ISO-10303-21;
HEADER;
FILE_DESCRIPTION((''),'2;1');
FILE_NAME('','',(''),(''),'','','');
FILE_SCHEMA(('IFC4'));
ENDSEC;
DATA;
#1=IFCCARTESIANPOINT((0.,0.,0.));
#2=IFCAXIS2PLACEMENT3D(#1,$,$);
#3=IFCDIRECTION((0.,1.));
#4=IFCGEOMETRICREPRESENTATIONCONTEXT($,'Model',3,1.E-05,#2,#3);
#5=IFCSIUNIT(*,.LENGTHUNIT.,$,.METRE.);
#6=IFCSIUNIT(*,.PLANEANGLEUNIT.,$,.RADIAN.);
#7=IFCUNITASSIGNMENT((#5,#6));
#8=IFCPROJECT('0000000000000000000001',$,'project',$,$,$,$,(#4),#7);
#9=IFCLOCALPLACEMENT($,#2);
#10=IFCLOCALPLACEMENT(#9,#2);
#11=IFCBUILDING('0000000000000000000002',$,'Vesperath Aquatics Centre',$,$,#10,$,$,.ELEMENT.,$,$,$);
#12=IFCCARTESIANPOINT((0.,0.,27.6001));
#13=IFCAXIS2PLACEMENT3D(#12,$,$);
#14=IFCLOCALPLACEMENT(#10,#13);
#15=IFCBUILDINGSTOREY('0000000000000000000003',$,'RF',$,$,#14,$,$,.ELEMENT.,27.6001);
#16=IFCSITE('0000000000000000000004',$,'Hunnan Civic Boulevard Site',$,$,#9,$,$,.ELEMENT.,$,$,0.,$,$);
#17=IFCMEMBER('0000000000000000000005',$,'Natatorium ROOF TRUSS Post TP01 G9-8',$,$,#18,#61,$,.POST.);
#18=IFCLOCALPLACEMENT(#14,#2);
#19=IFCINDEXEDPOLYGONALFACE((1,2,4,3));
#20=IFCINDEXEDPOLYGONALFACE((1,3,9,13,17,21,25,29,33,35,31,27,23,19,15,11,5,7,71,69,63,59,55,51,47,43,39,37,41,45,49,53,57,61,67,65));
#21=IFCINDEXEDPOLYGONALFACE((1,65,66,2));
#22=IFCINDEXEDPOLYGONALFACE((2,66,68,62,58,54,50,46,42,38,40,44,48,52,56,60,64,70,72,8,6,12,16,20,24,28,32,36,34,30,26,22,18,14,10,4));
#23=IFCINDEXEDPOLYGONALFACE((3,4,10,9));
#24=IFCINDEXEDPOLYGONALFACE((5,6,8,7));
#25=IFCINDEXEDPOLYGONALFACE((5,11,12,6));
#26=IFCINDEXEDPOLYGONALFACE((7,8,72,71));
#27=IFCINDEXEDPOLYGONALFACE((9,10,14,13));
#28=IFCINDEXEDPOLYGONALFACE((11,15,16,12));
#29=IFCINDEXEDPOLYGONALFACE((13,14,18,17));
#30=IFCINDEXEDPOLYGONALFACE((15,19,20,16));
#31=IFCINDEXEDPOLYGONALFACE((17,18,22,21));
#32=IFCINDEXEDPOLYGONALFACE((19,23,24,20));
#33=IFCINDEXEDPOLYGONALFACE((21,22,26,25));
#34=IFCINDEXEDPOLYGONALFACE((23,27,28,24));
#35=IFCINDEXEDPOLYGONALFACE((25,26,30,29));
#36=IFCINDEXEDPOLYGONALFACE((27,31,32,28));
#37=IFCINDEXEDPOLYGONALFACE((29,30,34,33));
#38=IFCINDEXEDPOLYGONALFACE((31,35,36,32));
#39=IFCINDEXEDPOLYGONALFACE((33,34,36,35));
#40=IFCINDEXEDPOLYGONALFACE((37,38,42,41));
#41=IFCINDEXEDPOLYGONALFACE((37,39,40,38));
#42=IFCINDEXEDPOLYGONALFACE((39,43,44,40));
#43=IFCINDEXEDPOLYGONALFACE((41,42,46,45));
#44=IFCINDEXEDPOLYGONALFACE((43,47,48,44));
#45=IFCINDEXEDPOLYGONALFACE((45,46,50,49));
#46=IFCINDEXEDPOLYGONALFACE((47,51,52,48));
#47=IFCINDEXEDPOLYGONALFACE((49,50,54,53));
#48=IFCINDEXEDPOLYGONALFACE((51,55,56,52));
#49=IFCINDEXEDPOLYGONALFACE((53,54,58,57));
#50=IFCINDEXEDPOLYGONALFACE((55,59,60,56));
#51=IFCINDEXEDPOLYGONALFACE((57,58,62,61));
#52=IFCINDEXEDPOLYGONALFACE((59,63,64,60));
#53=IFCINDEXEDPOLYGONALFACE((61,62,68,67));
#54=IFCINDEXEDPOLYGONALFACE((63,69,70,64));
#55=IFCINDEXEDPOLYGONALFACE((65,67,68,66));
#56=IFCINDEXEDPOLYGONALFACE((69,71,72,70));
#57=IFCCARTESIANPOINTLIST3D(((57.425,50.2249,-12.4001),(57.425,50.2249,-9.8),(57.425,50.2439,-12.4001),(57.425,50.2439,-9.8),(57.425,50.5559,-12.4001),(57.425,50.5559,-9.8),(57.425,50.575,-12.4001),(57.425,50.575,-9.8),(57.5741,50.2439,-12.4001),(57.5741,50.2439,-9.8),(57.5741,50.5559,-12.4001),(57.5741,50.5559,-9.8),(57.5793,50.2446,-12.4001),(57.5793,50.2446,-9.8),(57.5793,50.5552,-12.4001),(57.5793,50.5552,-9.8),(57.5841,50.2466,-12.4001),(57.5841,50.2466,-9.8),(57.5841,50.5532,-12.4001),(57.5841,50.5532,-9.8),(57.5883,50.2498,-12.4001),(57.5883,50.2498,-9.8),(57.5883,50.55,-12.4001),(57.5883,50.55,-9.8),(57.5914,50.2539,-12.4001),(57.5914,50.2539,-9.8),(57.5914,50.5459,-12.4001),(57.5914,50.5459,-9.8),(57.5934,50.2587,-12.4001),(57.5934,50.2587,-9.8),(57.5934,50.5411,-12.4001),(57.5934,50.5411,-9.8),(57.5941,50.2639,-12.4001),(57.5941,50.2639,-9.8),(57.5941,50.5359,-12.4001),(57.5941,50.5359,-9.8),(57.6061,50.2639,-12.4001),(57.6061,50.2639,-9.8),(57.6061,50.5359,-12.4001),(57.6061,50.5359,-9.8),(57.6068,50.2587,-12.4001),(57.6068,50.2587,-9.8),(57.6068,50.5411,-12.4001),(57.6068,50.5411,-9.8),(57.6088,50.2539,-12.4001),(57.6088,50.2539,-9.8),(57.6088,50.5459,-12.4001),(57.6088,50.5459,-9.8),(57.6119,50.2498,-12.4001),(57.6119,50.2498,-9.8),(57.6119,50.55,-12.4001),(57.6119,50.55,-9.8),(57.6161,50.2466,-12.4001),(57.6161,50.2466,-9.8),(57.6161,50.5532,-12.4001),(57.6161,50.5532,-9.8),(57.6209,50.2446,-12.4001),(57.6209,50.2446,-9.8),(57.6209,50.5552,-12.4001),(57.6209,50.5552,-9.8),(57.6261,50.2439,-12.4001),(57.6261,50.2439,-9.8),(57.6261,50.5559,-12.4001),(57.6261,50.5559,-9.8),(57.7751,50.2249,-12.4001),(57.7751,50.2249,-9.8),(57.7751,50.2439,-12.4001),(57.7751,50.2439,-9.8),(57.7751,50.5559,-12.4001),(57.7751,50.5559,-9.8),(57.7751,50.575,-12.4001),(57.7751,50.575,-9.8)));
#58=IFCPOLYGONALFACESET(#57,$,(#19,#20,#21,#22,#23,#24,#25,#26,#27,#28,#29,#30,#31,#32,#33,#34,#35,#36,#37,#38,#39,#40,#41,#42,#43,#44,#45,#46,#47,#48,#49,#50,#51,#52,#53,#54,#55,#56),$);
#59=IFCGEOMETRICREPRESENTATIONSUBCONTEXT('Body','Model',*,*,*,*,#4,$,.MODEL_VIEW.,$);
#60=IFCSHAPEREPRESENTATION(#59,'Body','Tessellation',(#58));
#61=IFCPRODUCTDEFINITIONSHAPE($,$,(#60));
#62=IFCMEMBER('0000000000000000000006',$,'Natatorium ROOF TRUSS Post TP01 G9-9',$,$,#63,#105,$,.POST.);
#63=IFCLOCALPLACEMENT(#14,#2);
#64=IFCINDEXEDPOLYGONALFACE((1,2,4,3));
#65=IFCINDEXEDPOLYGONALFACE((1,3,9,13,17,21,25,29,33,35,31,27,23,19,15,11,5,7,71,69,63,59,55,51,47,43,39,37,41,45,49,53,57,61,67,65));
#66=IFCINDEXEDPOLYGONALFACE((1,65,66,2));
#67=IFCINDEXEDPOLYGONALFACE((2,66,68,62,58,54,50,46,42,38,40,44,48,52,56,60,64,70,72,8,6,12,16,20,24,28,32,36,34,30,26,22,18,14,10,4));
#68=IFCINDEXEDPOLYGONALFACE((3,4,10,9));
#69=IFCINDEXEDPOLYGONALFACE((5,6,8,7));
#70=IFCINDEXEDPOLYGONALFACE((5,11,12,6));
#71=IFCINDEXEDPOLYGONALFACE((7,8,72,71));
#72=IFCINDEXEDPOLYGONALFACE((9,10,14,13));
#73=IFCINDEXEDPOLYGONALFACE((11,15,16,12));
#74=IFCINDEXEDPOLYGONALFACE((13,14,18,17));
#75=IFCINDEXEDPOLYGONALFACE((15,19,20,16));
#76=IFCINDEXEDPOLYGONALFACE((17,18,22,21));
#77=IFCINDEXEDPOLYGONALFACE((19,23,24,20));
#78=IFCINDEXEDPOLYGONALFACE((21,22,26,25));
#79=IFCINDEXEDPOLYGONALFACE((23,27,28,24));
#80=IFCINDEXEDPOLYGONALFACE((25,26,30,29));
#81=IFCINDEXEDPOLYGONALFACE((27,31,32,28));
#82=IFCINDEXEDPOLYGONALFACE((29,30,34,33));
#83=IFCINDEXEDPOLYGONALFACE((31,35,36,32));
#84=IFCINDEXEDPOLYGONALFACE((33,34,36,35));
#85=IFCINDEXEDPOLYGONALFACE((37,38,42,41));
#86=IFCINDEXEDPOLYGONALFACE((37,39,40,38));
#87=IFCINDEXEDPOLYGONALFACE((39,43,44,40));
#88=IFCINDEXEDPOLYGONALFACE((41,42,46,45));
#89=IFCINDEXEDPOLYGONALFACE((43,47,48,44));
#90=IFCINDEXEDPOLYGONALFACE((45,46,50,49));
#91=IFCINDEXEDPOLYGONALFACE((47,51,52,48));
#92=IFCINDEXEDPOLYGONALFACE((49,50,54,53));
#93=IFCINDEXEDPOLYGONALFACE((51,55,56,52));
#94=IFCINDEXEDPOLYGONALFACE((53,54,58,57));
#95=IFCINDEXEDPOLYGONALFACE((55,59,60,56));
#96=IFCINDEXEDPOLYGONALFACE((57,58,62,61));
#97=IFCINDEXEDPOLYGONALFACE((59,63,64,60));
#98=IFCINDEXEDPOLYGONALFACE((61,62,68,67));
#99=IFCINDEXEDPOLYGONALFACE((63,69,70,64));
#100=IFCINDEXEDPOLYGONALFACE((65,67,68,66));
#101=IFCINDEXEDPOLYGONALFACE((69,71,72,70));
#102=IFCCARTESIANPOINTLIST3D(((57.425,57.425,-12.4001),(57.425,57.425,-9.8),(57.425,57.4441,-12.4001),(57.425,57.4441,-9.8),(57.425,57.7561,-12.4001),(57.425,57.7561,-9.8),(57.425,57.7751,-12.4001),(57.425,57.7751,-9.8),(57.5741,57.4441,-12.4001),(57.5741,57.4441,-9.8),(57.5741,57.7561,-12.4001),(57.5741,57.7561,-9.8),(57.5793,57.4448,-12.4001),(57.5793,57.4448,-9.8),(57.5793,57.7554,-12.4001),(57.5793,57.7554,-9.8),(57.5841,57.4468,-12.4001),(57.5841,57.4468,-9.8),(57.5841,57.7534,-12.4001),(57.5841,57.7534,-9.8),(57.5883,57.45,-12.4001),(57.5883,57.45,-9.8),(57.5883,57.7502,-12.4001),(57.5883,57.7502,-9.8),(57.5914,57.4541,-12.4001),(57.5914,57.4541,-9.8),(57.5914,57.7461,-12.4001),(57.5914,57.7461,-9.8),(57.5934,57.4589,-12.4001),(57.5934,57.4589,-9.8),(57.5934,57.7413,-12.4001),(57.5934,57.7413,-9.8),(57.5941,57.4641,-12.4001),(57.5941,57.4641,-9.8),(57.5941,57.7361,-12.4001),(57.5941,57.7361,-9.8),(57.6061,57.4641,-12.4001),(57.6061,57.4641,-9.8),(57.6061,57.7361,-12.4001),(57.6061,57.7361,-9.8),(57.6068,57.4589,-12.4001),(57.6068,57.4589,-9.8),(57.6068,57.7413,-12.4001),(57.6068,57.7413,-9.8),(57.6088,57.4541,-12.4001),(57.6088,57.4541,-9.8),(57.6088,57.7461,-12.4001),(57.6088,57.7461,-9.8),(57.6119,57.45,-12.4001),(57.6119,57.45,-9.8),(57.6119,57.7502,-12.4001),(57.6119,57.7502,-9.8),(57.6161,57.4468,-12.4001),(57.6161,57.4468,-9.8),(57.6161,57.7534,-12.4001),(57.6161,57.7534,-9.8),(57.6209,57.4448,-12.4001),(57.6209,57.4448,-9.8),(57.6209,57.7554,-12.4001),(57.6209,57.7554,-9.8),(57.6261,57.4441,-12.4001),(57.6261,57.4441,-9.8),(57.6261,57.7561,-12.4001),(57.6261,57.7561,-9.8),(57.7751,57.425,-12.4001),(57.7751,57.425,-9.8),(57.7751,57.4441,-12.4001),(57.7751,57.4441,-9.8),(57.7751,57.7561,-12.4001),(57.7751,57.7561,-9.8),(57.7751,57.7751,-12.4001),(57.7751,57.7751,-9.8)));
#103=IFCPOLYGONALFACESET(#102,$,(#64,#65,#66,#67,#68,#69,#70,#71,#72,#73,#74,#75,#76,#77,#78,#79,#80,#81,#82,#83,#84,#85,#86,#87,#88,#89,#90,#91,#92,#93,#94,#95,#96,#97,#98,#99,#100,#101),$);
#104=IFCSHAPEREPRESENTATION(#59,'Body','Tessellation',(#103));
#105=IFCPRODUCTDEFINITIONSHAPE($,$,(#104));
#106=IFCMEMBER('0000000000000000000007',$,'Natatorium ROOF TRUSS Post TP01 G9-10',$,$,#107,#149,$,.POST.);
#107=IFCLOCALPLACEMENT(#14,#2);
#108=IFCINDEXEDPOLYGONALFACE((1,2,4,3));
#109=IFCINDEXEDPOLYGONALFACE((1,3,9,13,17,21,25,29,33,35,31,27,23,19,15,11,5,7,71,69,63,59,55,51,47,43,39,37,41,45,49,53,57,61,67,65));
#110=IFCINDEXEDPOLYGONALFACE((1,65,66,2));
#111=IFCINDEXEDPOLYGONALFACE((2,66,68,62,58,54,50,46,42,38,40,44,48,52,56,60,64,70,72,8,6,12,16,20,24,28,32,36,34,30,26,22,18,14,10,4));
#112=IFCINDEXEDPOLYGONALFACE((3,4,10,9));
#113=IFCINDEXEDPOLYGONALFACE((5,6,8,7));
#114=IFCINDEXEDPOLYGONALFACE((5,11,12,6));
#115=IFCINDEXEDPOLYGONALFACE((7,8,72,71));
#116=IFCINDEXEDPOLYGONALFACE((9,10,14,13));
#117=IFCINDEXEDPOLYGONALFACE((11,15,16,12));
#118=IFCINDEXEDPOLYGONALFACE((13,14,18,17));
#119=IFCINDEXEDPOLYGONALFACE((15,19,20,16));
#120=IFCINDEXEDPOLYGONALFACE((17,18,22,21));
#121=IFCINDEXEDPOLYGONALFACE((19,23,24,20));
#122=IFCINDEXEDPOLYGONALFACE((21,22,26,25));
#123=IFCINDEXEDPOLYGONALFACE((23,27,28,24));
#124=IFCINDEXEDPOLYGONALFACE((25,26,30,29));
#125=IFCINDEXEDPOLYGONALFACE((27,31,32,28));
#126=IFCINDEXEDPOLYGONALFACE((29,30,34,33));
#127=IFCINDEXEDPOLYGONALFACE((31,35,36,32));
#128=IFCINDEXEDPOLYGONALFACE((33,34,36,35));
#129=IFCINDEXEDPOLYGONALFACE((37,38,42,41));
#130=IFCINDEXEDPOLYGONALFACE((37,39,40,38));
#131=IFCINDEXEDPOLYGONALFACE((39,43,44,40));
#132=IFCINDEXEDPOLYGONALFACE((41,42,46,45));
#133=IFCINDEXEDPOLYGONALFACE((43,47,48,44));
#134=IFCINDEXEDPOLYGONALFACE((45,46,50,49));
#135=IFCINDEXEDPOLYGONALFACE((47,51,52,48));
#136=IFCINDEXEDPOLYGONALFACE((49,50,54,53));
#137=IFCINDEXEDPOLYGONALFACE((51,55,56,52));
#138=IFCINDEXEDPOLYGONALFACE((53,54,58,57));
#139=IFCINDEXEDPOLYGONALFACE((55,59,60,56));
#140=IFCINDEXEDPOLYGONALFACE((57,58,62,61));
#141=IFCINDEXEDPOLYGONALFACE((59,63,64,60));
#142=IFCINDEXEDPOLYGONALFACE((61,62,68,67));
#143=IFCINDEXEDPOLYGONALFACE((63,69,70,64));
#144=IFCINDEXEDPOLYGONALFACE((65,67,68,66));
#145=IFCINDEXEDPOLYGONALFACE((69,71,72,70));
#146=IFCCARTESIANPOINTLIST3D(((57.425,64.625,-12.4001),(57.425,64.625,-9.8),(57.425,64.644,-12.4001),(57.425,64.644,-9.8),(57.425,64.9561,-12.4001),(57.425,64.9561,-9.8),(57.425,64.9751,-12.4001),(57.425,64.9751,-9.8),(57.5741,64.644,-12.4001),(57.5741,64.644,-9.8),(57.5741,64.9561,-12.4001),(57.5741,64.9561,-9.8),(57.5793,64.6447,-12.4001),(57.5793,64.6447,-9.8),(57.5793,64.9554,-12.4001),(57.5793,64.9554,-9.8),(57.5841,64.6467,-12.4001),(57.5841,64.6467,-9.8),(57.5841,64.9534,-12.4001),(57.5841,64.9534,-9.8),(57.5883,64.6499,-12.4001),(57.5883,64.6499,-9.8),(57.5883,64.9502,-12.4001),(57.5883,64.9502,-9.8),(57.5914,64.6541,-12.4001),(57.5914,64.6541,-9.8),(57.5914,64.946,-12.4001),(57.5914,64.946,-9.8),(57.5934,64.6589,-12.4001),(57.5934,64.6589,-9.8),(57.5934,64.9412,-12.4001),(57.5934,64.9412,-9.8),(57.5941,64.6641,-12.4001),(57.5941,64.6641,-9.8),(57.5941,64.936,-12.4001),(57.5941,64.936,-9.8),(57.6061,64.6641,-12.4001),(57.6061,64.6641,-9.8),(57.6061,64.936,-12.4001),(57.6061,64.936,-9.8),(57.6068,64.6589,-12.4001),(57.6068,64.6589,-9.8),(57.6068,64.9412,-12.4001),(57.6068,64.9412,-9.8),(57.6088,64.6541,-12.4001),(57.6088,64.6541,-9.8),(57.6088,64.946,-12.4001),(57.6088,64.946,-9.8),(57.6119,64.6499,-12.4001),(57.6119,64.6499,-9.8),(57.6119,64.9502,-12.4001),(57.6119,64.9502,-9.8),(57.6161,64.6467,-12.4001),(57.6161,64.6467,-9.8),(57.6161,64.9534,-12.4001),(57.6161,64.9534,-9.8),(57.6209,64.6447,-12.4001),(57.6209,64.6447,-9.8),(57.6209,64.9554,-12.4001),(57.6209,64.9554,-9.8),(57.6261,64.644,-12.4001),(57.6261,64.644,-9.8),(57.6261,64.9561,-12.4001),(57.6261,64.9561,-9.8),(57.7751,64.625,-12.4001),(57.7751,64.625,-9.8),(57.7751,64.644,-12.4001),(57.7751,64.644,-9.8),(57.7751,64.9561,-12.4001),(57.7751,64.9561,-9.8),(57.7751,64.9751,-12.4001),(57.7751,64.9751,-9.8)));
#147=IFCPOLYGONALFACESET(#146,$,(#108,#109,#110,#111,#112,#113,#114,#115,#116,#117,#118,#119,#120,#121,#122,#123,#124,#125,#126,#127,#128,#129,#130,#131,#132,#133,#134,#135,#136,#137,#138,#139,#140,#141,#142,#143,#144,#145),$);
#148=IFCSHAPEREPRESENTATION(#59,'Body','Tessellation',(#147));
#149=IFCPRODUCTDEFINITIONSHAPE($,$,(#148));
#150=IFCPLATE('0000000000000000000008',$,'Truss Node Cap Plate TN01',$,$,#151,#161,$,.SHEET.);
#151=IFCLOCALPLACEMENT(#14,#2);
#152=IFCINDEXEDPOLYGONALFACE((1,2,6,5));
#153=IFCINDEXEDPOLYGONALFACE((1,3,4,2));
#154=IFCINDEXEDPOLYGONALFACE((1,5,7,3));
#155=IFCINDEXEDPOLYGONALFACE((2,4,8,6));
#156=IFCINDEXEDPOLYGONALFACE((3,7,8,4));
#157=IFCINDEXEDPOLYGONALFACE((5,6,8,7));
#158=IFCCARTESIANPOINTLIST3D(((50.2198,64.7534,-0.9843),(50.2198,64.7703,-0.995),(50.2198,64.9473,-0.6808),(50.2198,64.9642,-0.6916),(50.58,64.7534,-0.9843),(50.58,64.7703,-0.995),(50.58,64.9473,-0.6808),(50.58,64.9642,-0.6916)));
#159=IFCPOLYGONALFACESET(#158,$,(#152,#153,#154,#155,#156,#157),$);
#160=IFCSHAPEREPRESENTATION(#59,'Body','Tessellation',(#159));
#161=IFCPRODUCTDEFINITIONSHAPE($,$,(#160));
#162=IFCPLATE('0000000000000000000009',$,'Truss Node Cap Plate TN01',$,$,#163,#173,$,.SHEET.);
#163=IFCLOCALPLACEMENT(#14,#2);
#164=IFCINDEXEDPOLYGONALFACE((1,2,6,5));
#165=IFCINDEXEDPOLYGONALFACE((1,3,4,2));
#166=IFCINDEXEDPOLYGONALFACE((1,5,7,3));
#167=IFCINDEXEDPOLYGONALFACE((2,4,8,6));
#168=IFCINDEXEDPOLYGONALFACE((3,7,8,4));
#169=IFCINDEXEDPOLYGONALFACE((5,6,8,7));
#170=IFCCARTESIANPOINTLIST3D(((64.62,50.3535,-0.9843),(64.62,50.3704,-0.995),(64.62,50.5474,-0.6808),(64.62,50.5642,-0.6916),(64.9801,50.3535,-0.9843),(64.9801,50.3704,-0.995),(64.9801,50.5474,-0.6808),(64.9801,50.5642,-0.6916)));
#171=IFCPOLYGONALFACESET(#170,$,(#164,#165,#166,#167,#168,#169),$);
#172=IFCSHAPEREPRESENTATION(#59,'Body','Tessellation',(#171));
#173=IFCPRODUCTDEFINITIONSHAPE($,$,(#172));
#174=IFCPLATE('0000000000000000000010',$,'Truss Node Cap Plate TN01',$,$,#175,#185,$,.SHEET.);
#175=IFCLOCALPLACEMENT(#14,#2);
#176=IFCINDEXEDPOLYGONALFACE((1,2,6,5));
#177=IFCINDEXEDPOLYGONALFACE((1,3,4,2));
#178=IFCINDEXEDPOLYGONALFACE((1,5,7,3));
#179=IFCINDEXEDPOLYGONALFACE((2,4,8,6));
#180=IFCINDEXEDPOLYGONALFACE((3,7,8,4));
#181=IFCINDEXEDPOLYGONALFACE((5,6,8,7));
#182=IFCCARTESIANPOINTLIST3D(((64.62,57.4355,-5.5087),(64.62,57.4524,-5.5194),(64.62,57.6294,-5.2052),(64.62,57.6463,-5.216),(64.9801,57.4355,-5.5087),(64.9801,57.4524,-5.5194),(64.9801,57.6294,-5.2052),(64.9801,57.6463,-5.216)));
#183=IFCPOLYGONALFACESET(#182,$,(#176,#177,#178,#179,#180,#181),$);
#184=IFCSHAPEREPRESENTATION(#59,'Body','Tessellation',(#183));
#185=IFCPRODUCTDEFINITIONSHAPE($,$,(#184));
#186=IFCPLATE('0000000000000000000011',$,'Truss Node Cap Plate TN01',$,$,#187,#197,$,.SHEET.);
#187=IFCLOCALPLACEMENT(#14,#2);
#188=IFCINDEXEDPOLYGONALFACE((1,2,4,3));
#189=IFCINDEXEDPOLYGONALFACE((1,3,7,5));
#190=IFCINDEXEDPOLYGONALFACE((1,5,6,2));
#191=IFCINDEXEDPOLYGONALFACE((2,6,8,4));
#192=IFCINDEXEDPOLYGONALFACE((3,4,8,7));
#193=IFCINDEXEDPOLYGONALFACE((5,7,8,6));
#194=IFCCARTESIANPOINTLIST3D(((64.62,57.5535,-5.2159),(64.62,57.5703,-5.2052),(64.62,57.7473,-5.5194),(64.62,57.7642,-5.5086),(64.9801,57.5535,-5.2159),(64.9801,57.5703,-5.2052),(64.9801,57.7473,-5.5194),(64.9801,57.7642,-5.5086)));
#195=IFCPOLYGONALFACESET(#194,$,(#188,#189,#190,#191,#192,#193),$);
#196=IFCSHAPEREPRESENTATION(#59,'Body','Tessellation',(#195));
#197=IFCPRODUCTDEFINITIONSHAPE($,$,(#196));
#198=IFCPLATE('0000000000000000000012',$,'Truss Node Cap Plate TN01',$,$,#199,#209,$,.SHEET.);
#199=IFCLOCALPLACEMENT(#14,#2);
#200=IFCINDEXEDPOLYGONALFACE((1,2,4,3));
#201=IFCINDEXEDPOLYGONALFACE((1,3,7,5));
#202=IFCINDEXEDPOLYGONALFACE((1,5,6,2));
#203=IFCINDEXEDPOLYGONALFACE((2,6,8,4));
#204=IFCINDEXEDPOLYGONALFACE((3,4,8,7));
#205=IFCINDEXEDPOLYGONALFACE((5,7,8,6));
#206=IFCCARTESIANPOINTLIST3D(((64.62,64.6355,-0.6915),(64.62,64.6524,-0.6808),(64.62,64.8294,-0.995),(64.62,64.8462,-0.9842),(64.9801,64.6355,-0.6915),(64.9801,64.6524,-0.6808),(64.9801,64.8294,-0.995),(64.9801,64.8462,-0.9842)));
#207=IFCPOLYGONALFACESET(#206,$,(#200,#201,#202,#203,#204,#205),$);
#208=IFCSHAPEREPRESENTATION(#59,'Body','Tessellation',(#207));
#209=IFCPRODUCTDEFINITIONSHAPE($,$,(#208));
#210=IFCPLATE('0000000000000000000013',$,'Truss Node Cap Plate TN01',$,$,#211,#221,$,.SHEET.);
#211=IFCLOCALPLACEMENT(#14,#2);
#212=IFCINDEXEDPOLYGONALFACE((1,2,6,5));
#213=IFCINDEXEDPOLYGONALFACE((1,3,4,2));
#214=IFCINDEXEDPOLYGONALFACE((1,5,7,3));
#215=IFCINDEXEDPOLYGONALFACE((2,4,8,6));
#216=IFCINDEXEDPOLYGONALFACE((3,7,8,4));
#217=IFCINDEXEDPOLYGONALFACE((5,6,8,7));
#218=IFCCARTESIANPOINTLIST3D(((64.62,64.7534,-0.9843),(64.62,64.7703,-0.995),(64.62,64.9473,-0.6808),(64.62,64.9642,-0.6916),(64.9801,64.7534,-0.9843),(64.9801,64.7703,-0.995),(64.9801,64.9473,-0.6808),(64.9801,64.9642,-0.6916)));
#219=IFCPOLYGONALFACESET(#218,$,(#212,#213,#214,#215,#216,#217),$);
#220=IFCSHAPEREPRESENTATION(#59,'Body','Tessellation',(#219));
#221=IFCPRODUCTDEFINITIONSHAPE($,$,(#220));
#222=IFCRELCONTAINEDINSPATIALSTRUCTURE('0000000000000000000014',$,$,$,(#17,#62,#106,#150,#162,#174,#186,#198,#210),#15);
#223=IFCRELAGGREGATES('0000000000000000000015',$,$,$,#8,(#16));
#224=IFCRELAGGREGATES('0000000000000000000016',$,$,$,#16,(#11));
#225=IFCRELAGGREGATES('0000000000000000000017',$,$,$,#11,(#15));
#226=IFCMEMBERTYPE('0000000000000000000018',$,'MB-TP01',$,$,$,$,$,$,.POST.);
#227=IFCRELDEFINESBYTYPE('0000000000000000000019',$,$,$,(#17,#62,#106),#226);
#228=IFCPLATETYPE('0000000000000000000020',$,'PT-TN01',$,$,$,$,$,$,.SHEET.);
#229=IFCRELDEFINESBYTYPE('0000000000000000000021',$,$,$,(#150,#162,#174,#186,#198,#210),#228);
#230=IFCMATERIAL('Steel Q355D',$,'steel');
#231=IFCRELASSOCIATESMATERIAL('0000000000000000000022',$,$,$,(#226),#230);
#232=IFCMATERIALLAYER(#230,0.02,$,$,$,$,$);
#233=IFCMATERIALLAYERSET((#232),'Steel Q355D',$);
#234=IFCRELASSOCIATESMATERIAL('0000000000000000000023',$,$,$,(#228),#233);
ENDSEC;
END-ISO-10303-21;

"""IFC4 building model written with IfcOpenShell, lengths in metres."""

from ifc_helpers import new_model, si_unit, direction, frame, origin, origin_2d, place, context, subcontext, project, spatial, rectangle, i_section, extrude, material, layer, layer_set, material_profile, profile_set, type_object, element, save


model = new_model("IFC4")

# Units and contexts
model_context = context("Model", 3, precision=1e-05, world=origin(), true_north=direction((0.0, 1.0)))
body_context = subcontext(model_context, "Body", "Model", "MODEL_VIEW")
ifc_project = project(units=[si_unit("LENGTHUNIT", "METRE"), si_unit("PLANEANGLEUNIT", "RADIAN")], contexts=[model_context])

# Site, building, storey
site_placement = place(None, origin())
site = spatial("IfcSite", under=ifc_project, at=site_placement, Name="Hunnan Civic Boulevard Site", CompositionType="ELEMENT", RefElevation=0.0)
building_placement = place(site_placement, origin())
building = spatial("IfcBuilding", under=site, at=building_placement, Name="Vesperath Aquatics Centre", CompositionType="ELEMENT")
storey_placement = place(building_placement, frame((0.0, 0.0, 27.6001)))
storey = spatial("IfcBuildingStorey", under=building, at=storey_placement, Name="RF", CompositionType="ELEMENT", Elevation=27.6001)

# Members
ifc_material_1 = material(Name="Steel Q355D", Category="steel")
ifc_material_profile_1 = material_profile(ifc_material_1, i_section(OverallWidth=0.3501, OverallDepth=0.3501, WebThickness=0.012, FlangeThickness=0.019, FilletRadius=0.02, at=origin_2d()), Name="HW 350x350x12x19")
ifc_profile_set_1 = profile_set([ifc_material_profile_1], Name="Steel Q355D")
member_type_1 = type_object("IfcMemberType", Name="MB-TP01", PredefinedType="POST", material=ifc_profile_set_1)
for number, where, z_axis, x_axis, name in (
    (1, (57.6001, 50.3999, -12.4001), (0.0, 0.0, 1.0), (1.0, 0.0, 0.0), "Natatorium ROOF TRUSS Post TP01 G9-8"),
    (2, (57.6001, 57.6001, -12.4001), (0.0, 0.0, 1.0), (1.0, 0.0, 0.0), "Natatorium ROOF TRUSS Post TP01 G9-9"),
    (3, (57.6001, 64.8, -12.4001), (0.0, 0.0, 1.0), (1.0, 0.0, 0.0), "Natatorium ROOF TRUSS Post TP01 G9-10"),
):
    element("IfcMember", number, at=place(storey_placement, frame(where, z_axis=z_axis, x_axis=x_axis)), inside=storey, type_object=member_type_1, Name=name, PredefinedType="POST", context=body_context, shape_type="SweptSolid", body=[
        extrude(i_section(OverallWidth=0.3501, OverallDepth=0.3501, WebThickness=0.012, FlangeThickness=0.019, FilletRadius=0.02, at=origin_2d()), origin(), (0.0, 0.0, 1.0), 2.6001),
    ])

# Plates
ifc_layer_1 = layer(ifc_material_1, 0.02)
ifc_layer_set_1 = layer_set([ifc_layer_1], Name="Steel Q355D")
plate_type_1 = type_object("IfcPlateType", Name="PT-TN01", PredefinedType="SHEET", material=ifc_layer_set_1)
for number, where, z_axis, x_axis, name in (
    (4, (50.3999, 64.8503, -0.8325), (0.0, 0.842696, -0.538389), (-1.0, 0.0, 0.0), "Truss Node Cap Plate TN01"),
    (5, (64.8, 50.4504, -0.8325), (0.0, 0.842696, -0.538389), (-1.0, 0.0, 0.0), "Truss Node Cap Plate TN01"),
    (6, (64.8, 57.5325, -5.3569), (0.0, 0.842696, -0.538389), (-1.0, 0.0, 0.0), "Truss Node Cap Plate TN01"),
    (7, (64.8, 57.6504, -5.3677), (0.0, 0.842696, 0.538389), (-1.0, 0.0, 0.0), "Truss Node Cap Plate TN01"),
    (8, (64.8, 64.7324, -0.8433), (0.0, 0.842696, 0.538389), (-1.0, 0.0, 0.0), "Truss Node Cap Plate TN01"),
    (9, (64.8, 64.8503, -0.8325), (0.0, 0.842696, -0.538389), (-1.0, 0.0, 0.0), "Truss Node Cap Plate TN01"),
):
    element("IfcPlate", number, at=place(storey_placement, frame(where, z_axis=z_axis, x_axis=x_axis)), inside=storey, type_object=plate_type_1, Name=name, PredefinedType="SHEET", context=body_context, shape_type="SweptSolid", body=[
        extrude(rectangle(XDim=0.3601, YDim=0.3601, at=origin_2d()), origin(), (0.0, 0.0, 1.0), 0.02),
    ])

save(model, "model.ifc")
